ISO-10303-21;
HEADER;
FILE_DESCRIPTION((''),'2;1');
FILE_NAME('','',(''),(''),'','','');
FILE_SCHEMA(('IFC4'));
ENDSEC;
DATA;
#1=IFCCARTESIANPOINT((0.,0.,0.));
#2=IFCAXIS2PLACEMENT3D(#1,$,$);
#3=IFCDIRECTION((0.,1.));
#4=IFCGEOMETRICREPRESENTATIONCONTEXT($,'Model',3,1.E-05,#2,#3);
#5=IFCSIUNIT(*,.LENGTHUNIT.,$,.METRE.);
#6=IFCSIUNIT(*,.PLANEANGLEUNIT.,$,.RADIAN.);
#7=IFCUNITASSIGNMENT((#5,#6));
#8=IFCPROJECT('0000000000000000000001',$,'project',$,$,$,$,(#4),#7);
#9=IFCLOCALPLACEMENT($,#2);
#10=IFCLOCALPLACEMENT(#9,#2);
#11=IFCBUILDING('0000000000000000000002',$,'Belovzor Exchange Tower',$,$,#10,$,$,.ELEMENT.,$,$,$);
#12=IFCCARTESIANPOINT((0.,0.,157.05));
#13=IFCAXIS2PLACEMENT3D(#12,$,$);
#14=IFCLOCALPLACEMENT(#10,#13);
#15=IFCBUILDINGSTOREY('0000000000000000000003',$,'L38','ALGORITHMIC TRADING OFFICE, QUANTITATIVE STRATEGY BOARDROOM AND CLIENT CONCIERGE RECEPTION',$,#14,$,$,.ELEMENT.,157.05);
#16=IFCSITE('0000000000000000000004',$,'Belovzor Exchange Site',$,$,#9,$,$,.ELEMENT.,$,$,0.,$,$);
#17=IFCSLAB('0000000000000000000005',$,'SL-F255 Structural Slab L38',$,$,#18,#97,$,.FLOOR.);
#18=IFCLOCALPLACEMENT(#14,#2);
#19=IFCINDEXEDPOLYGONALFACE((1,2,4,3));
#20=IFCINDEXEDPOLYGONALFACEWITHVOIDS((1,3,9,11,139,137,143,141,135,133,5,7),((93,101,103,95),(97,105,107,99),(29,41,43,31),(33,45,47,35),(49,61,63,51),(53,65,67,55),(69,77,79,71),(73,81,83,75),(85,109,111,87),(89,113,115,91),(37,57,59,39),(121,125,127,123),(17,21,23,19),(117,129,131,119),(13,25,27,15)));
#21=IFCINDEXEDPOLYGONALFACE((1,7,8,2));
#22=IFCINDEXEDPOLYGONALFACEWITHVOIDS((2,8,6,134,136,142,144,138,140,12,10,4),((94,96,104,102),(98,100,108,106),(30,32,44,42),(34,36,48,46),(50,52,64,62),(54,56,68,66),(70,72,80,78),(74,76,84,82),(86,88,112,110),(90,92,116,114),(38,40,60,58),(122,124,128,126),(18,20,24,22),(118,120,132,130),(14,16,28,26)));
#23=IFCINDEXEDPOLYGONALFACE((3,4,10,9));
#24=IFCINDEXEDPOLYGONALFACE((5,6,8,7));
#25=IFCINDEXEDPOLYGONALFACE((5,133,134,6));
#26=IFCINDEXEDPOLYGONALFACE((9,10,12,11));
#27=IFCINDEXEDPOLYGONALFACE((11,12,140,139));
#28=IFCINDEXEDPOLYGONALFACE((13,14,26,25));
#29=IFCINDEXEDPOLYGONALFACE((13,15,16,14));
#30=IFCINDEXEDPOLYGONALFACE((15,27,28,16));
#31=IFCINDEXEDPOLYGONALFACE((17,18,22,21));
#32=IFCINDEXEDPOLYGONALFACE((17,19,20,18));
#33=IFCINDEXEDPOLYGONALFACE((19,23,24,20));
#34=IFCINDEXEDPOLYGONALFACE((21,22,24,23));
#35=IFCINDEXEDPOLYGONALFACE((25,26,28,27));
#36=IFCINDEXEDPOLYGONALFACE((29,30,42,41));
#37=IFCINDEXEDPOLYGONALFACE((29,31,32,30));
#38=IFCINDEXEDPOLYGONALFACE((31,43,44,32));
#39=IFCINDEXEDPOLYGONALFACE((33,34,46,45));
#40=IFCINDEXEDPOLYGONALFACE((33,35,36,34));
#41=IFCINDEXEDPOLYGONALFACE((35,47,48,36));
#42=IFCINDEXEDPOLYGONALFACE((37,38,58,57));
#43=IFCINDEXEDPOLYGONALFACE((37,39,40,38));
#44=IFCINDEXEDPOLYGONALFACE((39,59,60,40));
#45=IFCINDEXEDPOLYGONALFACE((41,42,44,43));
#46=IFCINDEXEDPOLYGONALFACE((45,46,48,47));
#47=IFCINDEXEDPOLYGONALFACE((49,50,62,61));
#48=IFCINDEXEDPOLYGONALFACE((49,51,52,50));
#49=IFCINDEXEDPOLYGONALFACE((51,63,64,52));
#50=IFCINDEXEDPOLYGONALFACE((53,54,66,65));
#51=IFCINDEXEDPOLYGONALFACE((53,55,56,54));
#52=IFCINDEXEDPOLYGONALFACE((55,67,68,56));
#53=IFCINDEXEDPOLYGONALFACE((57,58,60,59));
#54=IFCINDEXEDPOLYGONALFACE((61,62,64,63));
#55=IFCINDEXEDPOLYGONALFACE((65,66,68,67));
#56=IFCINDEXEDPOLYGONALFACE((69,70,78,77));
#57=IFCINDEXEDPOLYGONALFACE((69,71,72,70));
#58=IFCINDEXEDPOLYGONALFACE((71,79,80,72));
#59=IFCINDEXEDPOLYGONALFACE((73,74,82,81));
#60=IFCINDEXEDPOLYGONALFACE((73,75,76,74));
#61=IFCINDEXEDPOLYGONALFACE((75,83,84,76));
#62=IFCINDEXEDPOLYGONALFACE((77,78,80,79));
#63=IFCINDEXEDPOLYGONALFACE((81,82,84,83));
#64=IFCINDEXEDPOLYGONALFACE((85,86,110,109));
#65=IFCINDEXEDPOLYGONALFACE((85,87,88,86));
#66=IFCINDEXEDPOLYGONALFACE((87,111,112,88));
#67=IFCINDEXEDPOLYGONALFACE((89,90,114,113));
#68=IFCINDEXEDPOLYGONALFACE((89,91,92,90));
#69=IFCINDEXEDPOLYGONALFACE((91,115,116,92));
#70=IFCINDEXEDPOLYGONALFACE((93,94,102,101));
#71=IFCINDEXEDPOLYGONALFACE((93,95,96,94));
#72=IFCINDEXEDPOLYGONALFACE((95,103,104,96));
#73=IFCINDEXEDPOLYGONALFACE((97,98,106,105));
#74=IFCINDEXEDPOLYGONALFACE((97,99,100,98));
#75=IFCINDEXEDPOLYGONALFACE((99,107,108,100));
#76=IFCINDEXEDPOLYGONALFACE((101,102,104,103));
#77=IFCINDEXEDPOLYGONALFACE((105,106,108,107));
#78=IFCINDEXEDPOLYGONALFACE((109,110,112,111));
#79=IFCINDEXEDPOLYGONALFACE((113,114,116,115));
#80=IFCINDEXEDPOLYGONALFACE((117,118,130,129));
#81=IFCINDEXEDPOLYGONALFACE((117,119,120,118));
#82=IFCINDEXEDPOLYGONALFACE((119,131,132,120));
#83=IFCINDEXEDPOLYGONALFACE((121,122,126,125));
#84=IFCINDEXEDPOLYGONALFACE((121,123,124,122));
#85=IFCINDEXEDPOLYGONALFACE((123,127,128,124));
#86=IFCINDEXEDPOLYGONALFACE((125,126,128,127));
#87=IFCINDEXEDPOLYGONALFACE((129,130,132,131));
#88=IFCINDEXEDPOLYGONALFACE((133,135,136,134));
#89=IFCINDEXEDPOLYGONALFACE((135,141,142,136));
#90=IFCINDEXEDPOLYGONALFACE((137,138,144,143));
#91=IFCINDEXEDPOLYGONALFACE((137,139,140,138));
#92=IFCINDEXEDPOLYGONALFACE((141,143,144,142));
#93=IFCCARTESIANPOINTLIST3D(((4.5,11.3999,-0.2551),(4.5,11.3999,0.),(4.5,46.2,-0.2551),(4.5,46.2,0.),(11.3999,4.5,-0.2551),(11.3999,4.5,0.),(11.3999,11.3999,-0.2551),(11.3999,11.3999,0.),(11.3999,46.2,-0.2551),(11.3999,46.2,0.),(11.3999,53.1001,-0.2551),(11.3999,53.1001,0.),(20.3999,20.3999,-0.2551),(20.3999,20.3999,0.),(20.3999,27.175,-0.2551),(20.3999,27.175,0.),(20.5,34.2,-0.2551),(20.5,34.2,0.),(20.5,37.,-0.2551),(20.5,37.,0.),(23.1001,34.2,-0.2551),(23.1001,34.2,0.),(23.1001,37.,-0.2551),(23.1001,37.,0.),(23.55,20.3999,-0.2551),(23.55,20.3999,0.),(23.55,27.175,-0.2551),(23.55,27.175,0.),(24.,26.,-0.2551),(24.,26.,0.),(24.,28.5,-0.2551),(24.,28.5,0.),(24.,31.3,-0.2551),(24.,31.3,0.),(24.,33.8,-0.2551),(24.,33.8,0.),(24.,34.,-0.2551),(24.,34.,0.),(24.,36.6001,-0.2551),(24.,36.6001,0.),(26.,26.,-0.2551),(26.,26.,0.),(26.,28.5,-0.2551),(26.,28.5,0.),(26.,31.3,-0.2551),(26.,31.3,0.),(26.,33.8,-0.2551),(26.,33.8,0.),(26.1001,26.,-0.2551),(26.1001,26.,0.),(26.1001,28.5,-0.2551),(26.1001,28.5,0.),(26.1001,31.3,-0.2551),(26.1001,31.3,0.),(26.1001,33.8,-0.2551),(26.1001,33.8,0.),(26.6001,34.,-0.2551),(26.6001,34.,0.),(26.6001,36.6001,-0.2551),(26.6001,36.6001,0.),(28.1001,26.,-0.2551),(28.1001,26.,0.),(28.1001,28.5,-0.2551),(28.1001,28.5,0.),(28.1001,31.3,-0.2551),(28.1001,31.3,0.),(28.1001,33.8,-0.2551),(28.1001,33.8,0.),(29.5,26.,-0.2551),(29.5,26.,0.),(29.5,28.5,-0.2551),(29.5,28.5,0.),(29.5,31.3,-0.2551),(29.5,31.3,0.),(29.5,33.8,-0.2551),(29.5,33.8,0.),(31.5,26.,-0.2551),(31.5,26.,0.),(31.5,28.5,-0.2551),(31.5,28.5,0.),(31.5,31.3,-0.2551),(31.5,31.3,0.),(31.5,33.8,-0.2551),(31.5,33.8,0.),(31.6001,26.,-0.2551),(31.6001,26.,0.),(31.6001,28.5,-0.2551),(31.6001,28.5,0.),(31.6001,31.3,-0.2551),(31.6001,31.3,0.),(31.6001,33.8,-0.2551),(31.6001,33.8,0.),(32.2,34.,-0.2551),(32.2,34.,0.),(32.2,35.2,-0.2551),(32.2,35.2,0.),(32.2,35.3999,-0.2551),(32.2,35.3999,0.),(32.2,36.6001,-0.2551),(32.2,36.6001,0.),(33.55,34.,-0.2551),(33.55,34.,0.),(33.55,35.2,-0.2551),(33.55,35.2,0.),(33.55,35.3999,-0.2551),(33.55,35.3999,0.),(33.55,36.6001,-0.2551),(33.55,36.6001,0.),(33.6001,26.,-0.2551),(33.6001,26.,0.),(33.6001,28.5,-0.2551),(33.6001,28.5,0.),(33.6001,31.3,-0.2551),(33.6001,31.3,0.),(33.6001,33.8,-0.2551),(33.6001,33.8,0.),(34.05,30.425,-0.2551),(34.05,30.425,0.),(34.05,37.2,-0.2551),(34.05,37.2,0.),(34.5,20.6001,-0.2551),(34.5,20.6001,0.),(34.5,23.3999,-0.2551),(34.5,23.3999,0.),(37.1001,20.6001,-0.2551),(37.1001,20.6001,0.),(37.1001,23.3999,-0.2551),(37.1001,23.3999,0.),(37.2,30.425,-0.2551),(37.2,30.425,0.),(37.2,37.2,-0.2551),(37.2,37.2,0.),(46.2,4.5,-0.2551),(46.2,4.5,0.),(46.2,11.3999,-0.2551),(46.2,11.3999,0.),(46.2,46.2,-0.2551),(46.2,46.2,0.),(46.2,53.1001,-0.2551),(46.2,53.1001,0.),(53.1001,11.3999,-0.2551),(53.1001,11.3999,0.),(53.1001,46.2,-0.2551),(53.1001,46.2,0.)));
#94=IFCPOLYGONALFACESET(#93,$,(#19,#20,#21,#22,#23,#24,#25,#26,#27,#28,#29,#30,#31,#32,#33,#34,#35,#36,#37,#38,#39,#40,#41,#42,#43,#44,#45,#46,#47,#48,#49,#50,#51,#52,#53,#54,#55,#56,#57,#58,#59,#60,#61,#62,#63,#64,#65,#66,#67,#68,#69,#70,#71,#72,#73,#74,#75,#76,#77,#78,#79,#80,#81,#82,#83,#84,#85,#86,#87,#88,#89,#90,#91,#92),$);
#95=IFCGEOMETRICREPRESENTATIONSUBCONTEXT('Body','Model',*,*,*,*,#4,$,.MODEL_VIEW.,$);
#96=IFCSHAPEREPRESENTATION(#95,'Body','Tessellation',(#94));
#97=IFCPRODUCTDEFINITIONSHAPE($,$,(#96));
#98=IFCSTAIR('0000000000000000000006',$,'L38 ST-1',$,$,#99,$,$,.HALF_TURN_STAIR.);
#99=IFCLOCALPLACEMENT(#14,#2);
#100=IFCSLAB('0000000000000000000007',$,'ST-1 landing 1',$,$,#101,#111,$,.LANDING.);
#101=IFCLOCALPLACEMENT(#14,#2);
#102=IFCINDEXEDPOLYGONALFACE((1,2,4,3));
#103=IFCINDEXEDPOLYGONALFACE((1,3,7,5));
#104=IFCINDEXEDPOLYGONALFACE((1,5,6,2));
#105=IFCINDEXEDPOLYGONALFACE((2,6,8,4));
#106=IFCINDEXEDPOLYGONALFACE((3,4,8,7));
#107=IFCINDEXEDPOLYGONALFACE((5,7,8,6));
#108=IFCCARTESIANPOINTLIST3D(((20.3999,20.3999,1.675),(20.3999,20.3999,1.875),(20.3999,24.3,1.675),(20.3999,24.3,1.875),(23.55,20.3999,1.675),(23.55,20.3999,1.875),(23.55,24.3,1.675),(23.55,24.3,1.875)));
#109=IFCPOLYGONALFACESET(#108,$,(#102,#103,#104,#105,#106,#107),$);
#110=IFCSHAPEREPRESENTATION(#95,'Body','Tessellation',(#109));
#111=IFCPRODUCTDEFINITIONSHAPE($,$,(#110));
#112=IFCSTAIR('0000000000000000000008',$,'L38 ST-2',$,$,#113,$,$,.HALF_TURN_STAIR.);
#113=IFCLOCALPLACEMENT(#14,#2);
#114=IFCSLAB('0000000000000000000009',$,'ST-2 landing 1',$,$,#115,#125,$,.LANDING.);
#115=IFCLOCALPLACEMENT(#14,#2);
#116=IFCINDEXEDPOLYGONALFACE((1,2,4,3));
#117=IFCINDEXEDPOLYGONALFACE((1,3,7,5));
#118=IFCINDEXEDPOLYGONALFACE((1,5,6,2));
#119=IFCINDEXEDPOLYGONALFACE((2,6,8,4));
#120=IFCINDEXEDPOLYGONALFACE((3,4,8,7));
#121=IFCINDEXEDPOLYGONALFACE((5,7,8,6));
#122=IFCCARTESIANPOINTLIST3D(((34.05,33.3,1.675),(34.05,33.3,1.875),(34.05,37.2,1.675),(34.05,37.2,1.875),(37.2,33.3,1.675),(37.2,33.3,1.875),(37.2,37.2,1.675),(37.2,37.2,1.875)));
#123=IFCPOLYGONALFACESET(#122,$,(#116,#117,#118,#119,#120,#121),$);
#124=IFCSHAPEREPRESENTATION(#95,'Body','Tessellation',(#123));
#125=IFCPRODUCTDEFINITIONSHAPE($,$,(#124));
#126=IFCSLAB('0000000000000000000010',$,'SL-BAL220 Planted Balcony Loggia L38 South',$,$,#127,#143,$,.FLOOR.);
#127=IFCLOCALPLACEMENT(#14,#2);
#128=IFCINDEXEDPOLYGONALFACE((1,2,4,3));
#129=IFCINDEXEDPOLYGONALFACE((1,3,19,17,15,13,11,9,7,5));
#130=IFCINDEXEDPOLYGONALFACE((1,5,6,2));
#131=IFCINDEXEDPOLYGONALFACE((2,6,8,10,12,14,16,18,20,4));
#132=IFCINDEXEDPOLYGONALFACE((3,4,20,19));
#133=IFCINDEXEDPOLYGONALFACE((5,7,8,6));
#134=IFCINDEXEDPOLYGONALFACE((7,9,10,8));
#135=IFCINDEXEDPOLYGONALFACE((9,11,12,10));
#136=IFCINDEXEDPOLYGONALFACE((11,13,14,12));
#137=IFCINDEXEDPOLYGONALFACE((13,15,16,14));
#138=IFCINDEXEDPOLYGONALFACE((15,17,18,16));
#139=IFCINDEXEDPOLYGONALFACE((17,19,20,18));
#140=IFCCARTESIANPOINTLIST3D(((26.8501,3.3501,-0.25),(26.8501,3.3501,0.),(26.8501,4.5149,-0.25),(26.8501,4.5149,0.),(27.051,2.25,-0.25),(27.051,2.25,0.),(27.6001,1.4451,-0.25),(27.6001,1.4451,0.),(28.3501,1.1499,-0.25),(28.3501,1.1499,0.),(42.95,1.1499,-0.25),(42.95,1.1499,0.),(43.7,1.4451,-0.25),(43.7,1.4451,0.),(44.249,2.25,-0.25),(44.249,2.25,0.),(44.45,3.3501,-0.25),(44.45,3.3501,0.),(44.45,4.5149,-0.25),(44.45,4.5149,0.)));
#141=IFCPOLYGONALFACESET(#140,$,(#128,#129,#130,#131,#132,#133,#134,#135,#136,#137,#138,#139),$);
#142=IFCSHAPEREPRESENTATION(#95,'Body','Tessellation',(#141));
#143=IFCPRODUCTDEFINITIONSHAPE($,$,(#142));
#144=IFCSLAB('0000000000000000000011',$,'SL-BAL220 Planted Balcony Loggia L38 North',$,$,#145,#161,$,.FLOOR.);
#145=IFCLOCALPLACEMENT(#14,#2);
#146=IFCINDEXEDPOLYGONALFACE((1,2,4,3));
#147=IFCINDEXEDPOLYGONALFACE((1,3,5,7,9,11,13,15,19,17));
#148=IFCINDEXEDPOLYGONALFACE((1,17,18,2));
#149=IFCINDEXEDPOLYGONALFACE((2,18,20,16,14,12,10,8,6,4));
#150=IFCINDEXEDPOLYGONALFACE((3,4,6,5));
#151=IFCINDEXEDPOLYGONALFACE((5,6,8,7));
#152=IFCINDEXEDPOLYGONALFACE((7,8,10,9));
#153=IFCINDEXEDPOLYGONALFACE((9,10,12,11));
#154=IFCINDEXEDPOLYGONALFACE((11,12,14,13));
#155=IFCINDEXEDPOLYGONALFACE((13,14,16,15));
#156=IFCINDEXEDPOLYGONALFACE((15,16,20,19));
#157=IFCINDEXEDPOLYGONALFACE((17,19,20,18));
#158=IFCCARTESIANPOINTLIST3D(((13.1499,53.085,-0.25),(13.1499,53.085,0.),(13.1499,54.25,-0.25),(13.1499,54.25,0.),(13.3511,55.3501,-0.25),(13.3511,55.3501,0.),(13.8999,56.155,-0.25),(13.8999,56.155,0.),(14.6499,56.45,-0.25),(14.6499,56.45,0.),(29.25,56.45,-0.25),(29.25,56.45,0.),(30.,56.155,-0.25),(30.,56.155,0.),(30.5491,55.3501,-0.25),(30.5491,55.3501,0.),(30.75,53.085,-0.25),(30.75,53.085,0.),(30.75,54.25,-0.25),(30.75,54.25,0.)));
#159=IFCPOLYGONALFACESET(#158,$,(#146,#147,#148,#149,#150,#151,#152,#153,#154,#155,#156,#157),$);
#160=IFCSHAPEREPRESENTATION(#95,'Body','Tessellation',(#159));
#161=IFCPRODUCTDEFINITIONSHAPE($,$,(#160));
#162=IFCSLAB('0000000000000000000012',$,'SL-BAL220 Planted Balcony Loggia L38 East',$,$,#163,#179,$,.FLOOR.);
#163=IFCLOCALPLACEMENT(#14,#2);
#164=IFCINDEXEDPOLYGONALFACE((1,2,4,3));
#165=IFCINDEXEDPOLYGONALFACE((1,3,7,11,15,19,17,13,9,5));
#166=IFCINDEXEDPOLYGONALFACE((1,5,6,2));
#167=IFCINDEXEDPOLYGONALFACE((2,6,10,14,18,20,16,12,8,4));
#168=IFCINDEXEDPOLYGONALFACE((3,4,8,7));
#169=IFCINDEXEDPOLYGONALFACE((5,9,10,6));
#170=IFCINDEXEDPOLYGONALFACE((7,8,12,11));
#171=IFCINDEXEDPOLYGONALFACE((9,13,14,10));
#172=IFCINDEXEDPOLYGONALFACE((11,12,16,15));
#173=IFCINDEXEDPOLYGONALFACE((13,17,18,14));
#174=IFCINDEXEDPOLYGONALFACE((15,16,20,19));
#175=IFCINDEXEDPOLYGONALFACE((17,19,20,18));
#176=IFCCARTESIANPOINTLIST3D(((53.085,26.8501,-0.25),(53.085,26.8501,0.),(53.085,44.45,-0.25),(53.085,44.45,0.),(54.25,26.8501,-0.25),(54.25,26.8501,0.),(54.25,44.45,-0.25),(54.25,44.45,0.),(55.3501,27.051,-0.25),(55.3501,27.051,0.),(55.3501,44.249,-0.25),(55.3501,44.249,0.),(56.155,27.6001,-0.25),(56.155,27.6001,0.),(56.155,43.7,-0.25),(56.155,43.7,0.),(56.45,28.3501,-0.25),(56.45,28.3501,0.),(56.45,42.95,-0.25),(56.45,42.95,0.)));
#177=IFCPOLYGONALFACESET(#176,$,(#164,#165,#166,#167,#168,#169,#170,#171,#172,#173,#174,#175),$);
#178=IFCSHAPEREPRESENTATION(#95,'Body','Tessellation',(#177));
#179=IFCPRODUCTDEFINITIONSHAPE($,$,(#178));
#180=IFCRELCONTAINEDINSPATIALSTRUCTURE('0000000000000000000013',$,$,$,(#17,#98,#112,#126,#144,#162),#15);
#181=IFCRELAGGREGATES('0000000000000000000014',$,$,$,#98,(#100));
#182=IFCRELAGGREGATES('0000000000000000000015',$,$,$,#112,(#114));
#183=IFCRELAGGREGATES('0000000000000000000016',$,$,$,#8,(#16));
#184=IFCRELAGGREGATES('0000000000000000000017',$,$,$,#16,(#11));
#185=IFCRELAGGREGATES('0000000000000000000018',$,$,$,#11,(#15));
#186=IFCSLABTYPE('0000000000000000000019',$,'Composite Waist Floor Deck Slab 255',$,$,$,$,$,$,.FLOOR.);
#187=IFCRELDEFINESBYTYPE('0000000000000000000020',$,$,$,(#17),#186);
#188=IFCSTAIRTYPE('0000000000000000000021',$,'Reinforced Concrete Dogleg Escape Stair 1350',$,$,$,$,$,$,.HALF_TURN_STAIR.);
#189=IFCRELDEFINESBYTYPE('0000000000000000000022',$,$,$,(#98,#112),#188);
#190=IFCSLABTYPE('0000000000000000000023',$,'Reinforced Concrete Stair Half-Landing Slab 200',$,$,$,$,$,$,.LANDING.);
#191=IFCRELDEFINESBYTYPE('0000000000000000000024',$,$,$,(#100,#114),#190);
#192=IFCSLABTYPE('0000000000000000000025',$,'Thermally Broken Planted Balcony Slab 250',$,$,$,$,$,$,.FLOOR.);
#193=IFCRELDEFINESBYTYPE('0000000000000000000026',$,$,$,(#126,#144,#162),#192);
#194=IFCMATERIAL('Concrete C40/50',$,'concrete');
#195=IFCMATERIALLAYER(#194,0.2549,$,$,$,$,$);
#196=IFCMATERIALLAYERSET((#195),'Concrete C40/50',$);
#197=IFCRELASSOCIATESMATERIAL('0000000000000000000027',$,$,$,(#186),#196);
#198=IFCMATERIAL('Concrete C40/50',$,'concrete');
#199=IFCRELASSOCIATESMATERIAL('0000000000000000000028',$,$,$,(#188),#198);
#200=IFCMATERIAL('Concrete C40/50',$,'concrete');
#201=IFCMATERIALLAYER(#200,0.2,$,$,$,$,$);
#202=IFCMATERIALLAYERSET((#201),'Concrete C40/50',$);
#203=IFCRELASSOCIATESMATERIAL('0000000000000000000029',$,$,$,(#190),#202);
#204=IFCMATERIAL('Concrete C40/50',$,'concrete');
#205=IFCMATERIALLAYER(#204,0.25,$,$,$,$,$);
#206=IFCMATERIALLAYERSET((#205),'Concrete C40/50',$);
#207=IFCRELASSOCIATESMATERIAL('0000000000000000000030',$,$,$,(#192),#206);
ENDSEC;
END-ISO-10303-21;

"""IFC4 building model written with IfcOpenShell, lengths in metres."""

from ifc_helpers import new_model, si_unit, direction, frame, origin, place, context, subcontext, project, spatial, polyline, outline, extrude, material, layer, layer_set, type_object, element, aggregate, save


model = new_model("IFC4")

# Units and contexts
model_context = context("Model", 3, precision=1e-05, world=origin(), true_north=direction((0.0, 1.0)))
body_context = subcontext(model_context, "Body", "Model", "MODEL_VIEW")
ifc_project = project(units=[si_unit("LENGTHUNIT", "METRE"), si_unit("PLANEANGLEUNIT", "RADIAN")], contexts=[model_context])

# Site, building, storey
site_placement = place(None, origin())
site = spatial("IfcSite", under=ifc_project, at=site_placement, Name="Belovzor Exchange Site", CompositionType="ELEMENT", RefElevation=0.0)
building_placement = place(site_placement, origin())
building = spatial("IfcBuilding", under=site, at=building_placement, Name="Belovzor Exchange Tower", CompositionType="ELEMENT")
storey_placement = place(building_placement, frame((0.0, 0.0, 157.05)))
storey = spatial("IfcBuildingStorey", under=building, at=storey_placement, Name="L38", Description="ALGORITHMIC TRADING OFFICE, QUANTITATIVE STRATEGY BOARDROOM AND CLIENT CONCIERGE RECEPTION", CompositionType="ELEMENT", Elevation=157.05)

# Slab
ifc_material_1 = material(Name="Concrete C40/50", Category="concrete")
ifc_layer_1 = layer(ifc_material_1, 0.2549)
ifc_layer_set_1 = layer_set([ifc_layer_1], Name="Concrete C40/50")
slab_type_1 = type_object("IfcSlabType", Name="Composite Waist Floor Deck Slab 255", PredefinedType="FLOOR", material=ifc_layer_set_1)
slab_1_placement = place(storey_placement, frame((0.0, 0.0, -0.2551)))
element("IfcSlab", 1, at=slab_1_placement, inside=storey, type_object=slab_type_1, Name="SL-F255 Structural Slab L38", PredefinedType="FLOOR", context=body_context, shape_type="SweptSolid", body=[
    extrude(outline(polyline([(11.3999, 4.5), (46.2, 4.5), (46.2, 11.3999), (53.1001, 11.3999), (53.1001, 46.2), (46.2, 46.2), (46.2, 53.1001), (11.3999, 53.1001), (11.3999, 46.2), (4.5, 46.2), (4.5, 11.3999), (11.3999, 11.3999), (11.3999, 4.5)]), holes=[polyline([(20.3999, 27.175), (20.3999, 20.3999), (23.55, 20.3999), (23.55, 27.175), (20.3999, 27.175)]), polyline([(37.2, 30.425), (37.2, 37.2), (34.05, 37.2), (34.05, 30.425), (37.2, 30.425)]), polyline([(20.5, 34.2), (23.1001, 34.2), (23.1001, 37.0), (20.5, 37.0), (20.5, 34.2)]), polyline([(34.5, 20.6001), (37.1001, 20.6001), (37.1001, 23.3999), (34.5, 23.3999), (34.5, 20.6001)]), polyline([(24.0, 34.0), (26.6001, 34.0), (26.6001, 36.6001), (24.0, 36.6001), (24.0, 34.0)]), polyline([(24.0, 26.0), (26.0, 26.0), (26.0, 28.5), (24.0, 28.5), (24.0, 26.0)]), polyline([(26.1001, 26.0), (28.1001, 26.0), (28.1001, 28.5), (26.1001, 28.5), (26.1001, 26.0)]), polyline([(29.5, 26.0), (31.5, 26.0), (31.5, 28.5), (29.5, 28.5), (29.5, 26.0)]), polyline([(31.6001, 26.0), (33.6001, 26.0), (33.6001, 28.5), (31.6001, 28.5), (31.6001, 26.0)]), polyline([(24.0, 31.3), (26.0, 31.3), (26.0, 33.8), (24.0, 33.8), (24.0, 31.3)]), polyline([(26.1001, 31.3), (28.1001, 31.3), (28.1001, 33.8), (26.1001, 33.8), (26.1001, 31.3)]), polyline([(29.5, 31.3), (31.5, 31.3), (31.5, 33.8), (29.5, 33.8), (29.5, 31.3)]), polyline([(31.6001, 31.3), (33.6001, 31.3), (33.6001, 33.8), (31.6001, 33.8), (31.6001, 31.3)]), polyline([(32.2, 34.0), (33.55, 34.0), (33.55, 35.2), (32.2, 35.2), (32.2, 34.0)]), polyline([(32.2, 35.3999), (33.55, 35.3999), (33.55, 36.6001), (32.2, 36.6001), (32.2, 35.3999)])]), origin(), (0.0, 0.0, 1.0), 0.2551),
])

# Stairs, slabs
ifc_material_2 = material(Name="Concrete C40/50", Category="concrete")
stair_type = type_object("IfcStairType", Name="Reinforced Concrete Dogleg Escape Stair 1350", PredefinedType="HALF_TURN_STAIR", material=ifc_material_2)
stair_1_placement = place(storey_placement, origin())
stair_1 = element("IfcStair", 2, at=stair_1_placement, inside=storey, type_object=stair_type, Name="L38 ST-1", PredefinedType="HALF_TURN_STAIR")
ifc_material_3 = material(Name="Concrete C40/50", Category="concrete")
ifc_layer_2 = layer(ifc_material_3, 0.2)
ifc_layer_set_2 = layer_set([ifc_layer_2], Name="Concrete C40/50")
slab_type_2 = type_object("IfcSlabType", Name="Reinforced Concrete Stair Half-Landing Slab 200", PredefinedType="LANDING", material=ifc_layer_set_2)
slab_2_placement = place(storey_placement, frame((0.0, 0.0, 1.675)))
slab_2 = element("IfcSlab", 3, at=slab_2_placement, type_object=slab_type_2, Name="ST-1 landing 1", PredefinedType="LANDING", context=body_context, shape_type="SweptSolid", body=[
    extrude(outline(polyline([(20.3999, 24.3), (20.3999, 20.3999), (23.55, 20.3999), (23.55, 24.3), (20.3999, 24.3)])), origin(), (0.0, 0.0, 1.0), 0.2),
])
aggregate(stair_1, [slab_2])
stair_2_placement = place(storey_placement, origin())
stair_2 = element("IfcStair", 4, at=stair_2_placement, inside=storey, type_object=stair_type, Name="L38 ST-2", PredefinedType="HALF_TURN_STAIR")
slab_3_placement = place(storey_placement, frame((0.0, 0.0, 1.675)))
slab_3 = element("IfcSlab", 5, at=slab_3_placement, type_object=slab_type_2, Name="ST-2 landing 1", PredefinedType="LANDING", context=body_context, shape_type="SweptSolid", body=[
    extrude(outline(polyline([(37.2, 33.3), (37.2, 37.2), (34.05, 37.2), (34.05, 33.3), (37.2, 33.3)])), origin(), (0.0, 0.0, 1.0), 0.2),
])
aggregate(stair_2, [slab_3])

# Slabs
ifc_material_4 = material(Name="Concrete C40/50", Category="concrete")
ifc_layer_3 = layer(ifc_material_4, 0.25)
ifc_layer_set_3 = layer_set([ifc_layer_3], Name="Concrete C40/50")
slab_type_3 = type_object("IfcSlabType", Name="Thermally Broken Planted Balcony Slab 250", PredefinedType="FLOOR", material=ifc_layer_set_3)
slab_4_placement = place(storey_placement, frame((0.0, 0.0, -0.25)))
element("IfcSlab", 6, at=slab_4_placement, inside=storey, type_object=slab_type_3, Name="SL-BAL220 Planted Balcony Loggia L38 South", PredefinedType="FLOOR", context=body_context, shape_type="SweptSolid", body=[
    extrude(outline(polyline([(26.8501, 4.5149), (26.8501, 3.3501), (27.051, 2.25), (27.6001, 1.4451), (28.3501, 1.1499), (42.95, 1.1499), (43.7, 1.4451), (44.249, 2.25), (44.45, 3.3501), (44.45, 4.5149), (26.8501, 4.5149)])), origin(), (0.0, 0.0, 1.0), 0.25),
])
slab_5_placement = place(storey_placement, frame((0.0, 0.0, -0.25)))
element("IfcSlab", 7, at=slab_5_placement, inside=storey, type_object=slab_type_3, Name="SL-BAL220 Planted Balcony Loggia L38 North", PredefinedType="FLOOR", context=body_context, shape_type="SweptSolid", body=[
    extrude(outline(polyline([(30.75, 53.085), (30.75, 54.25), (30.5491, 55.3501), (30.0, 56.155), (29.25, 56.45), (14.6499, 56.45), (13.8999, 56.155), (13.3511, 55.3501), (13.1499, 54.25), (13.1499, 53.085), (30.75, 53.085)])), origin(), (0.0, 0.0, 1.0), 0.25),
])
slab_6_placement = place(storey_placement, frame((0.0, 0.0, -0.25)))
element("IfcSlab", 8, at=slab_6_placement, inside=storey, type_object=slab_type_3, Name="SL-BAL220 Planted Balcony Loggia L38 East", PredefinedType="FLOOR", context=body_context, shape_type="SweptSolid", body=[
    extrude(outline(polyline([(53.085, 26.8501), (54.25, 26.8501), (55.3501, 27.051), (56.155, 27.6001), (56.45, 28.3501), (56.45, 42.95), (56.155, 43.7), (55.3501, 44.249), (54.25, 44.45), (53.085, 44.45), (53.085, 26.8501)])), origin(), (0.0, 0.0, 1.0), 0.25),
])

save(model, "model.ifc")
